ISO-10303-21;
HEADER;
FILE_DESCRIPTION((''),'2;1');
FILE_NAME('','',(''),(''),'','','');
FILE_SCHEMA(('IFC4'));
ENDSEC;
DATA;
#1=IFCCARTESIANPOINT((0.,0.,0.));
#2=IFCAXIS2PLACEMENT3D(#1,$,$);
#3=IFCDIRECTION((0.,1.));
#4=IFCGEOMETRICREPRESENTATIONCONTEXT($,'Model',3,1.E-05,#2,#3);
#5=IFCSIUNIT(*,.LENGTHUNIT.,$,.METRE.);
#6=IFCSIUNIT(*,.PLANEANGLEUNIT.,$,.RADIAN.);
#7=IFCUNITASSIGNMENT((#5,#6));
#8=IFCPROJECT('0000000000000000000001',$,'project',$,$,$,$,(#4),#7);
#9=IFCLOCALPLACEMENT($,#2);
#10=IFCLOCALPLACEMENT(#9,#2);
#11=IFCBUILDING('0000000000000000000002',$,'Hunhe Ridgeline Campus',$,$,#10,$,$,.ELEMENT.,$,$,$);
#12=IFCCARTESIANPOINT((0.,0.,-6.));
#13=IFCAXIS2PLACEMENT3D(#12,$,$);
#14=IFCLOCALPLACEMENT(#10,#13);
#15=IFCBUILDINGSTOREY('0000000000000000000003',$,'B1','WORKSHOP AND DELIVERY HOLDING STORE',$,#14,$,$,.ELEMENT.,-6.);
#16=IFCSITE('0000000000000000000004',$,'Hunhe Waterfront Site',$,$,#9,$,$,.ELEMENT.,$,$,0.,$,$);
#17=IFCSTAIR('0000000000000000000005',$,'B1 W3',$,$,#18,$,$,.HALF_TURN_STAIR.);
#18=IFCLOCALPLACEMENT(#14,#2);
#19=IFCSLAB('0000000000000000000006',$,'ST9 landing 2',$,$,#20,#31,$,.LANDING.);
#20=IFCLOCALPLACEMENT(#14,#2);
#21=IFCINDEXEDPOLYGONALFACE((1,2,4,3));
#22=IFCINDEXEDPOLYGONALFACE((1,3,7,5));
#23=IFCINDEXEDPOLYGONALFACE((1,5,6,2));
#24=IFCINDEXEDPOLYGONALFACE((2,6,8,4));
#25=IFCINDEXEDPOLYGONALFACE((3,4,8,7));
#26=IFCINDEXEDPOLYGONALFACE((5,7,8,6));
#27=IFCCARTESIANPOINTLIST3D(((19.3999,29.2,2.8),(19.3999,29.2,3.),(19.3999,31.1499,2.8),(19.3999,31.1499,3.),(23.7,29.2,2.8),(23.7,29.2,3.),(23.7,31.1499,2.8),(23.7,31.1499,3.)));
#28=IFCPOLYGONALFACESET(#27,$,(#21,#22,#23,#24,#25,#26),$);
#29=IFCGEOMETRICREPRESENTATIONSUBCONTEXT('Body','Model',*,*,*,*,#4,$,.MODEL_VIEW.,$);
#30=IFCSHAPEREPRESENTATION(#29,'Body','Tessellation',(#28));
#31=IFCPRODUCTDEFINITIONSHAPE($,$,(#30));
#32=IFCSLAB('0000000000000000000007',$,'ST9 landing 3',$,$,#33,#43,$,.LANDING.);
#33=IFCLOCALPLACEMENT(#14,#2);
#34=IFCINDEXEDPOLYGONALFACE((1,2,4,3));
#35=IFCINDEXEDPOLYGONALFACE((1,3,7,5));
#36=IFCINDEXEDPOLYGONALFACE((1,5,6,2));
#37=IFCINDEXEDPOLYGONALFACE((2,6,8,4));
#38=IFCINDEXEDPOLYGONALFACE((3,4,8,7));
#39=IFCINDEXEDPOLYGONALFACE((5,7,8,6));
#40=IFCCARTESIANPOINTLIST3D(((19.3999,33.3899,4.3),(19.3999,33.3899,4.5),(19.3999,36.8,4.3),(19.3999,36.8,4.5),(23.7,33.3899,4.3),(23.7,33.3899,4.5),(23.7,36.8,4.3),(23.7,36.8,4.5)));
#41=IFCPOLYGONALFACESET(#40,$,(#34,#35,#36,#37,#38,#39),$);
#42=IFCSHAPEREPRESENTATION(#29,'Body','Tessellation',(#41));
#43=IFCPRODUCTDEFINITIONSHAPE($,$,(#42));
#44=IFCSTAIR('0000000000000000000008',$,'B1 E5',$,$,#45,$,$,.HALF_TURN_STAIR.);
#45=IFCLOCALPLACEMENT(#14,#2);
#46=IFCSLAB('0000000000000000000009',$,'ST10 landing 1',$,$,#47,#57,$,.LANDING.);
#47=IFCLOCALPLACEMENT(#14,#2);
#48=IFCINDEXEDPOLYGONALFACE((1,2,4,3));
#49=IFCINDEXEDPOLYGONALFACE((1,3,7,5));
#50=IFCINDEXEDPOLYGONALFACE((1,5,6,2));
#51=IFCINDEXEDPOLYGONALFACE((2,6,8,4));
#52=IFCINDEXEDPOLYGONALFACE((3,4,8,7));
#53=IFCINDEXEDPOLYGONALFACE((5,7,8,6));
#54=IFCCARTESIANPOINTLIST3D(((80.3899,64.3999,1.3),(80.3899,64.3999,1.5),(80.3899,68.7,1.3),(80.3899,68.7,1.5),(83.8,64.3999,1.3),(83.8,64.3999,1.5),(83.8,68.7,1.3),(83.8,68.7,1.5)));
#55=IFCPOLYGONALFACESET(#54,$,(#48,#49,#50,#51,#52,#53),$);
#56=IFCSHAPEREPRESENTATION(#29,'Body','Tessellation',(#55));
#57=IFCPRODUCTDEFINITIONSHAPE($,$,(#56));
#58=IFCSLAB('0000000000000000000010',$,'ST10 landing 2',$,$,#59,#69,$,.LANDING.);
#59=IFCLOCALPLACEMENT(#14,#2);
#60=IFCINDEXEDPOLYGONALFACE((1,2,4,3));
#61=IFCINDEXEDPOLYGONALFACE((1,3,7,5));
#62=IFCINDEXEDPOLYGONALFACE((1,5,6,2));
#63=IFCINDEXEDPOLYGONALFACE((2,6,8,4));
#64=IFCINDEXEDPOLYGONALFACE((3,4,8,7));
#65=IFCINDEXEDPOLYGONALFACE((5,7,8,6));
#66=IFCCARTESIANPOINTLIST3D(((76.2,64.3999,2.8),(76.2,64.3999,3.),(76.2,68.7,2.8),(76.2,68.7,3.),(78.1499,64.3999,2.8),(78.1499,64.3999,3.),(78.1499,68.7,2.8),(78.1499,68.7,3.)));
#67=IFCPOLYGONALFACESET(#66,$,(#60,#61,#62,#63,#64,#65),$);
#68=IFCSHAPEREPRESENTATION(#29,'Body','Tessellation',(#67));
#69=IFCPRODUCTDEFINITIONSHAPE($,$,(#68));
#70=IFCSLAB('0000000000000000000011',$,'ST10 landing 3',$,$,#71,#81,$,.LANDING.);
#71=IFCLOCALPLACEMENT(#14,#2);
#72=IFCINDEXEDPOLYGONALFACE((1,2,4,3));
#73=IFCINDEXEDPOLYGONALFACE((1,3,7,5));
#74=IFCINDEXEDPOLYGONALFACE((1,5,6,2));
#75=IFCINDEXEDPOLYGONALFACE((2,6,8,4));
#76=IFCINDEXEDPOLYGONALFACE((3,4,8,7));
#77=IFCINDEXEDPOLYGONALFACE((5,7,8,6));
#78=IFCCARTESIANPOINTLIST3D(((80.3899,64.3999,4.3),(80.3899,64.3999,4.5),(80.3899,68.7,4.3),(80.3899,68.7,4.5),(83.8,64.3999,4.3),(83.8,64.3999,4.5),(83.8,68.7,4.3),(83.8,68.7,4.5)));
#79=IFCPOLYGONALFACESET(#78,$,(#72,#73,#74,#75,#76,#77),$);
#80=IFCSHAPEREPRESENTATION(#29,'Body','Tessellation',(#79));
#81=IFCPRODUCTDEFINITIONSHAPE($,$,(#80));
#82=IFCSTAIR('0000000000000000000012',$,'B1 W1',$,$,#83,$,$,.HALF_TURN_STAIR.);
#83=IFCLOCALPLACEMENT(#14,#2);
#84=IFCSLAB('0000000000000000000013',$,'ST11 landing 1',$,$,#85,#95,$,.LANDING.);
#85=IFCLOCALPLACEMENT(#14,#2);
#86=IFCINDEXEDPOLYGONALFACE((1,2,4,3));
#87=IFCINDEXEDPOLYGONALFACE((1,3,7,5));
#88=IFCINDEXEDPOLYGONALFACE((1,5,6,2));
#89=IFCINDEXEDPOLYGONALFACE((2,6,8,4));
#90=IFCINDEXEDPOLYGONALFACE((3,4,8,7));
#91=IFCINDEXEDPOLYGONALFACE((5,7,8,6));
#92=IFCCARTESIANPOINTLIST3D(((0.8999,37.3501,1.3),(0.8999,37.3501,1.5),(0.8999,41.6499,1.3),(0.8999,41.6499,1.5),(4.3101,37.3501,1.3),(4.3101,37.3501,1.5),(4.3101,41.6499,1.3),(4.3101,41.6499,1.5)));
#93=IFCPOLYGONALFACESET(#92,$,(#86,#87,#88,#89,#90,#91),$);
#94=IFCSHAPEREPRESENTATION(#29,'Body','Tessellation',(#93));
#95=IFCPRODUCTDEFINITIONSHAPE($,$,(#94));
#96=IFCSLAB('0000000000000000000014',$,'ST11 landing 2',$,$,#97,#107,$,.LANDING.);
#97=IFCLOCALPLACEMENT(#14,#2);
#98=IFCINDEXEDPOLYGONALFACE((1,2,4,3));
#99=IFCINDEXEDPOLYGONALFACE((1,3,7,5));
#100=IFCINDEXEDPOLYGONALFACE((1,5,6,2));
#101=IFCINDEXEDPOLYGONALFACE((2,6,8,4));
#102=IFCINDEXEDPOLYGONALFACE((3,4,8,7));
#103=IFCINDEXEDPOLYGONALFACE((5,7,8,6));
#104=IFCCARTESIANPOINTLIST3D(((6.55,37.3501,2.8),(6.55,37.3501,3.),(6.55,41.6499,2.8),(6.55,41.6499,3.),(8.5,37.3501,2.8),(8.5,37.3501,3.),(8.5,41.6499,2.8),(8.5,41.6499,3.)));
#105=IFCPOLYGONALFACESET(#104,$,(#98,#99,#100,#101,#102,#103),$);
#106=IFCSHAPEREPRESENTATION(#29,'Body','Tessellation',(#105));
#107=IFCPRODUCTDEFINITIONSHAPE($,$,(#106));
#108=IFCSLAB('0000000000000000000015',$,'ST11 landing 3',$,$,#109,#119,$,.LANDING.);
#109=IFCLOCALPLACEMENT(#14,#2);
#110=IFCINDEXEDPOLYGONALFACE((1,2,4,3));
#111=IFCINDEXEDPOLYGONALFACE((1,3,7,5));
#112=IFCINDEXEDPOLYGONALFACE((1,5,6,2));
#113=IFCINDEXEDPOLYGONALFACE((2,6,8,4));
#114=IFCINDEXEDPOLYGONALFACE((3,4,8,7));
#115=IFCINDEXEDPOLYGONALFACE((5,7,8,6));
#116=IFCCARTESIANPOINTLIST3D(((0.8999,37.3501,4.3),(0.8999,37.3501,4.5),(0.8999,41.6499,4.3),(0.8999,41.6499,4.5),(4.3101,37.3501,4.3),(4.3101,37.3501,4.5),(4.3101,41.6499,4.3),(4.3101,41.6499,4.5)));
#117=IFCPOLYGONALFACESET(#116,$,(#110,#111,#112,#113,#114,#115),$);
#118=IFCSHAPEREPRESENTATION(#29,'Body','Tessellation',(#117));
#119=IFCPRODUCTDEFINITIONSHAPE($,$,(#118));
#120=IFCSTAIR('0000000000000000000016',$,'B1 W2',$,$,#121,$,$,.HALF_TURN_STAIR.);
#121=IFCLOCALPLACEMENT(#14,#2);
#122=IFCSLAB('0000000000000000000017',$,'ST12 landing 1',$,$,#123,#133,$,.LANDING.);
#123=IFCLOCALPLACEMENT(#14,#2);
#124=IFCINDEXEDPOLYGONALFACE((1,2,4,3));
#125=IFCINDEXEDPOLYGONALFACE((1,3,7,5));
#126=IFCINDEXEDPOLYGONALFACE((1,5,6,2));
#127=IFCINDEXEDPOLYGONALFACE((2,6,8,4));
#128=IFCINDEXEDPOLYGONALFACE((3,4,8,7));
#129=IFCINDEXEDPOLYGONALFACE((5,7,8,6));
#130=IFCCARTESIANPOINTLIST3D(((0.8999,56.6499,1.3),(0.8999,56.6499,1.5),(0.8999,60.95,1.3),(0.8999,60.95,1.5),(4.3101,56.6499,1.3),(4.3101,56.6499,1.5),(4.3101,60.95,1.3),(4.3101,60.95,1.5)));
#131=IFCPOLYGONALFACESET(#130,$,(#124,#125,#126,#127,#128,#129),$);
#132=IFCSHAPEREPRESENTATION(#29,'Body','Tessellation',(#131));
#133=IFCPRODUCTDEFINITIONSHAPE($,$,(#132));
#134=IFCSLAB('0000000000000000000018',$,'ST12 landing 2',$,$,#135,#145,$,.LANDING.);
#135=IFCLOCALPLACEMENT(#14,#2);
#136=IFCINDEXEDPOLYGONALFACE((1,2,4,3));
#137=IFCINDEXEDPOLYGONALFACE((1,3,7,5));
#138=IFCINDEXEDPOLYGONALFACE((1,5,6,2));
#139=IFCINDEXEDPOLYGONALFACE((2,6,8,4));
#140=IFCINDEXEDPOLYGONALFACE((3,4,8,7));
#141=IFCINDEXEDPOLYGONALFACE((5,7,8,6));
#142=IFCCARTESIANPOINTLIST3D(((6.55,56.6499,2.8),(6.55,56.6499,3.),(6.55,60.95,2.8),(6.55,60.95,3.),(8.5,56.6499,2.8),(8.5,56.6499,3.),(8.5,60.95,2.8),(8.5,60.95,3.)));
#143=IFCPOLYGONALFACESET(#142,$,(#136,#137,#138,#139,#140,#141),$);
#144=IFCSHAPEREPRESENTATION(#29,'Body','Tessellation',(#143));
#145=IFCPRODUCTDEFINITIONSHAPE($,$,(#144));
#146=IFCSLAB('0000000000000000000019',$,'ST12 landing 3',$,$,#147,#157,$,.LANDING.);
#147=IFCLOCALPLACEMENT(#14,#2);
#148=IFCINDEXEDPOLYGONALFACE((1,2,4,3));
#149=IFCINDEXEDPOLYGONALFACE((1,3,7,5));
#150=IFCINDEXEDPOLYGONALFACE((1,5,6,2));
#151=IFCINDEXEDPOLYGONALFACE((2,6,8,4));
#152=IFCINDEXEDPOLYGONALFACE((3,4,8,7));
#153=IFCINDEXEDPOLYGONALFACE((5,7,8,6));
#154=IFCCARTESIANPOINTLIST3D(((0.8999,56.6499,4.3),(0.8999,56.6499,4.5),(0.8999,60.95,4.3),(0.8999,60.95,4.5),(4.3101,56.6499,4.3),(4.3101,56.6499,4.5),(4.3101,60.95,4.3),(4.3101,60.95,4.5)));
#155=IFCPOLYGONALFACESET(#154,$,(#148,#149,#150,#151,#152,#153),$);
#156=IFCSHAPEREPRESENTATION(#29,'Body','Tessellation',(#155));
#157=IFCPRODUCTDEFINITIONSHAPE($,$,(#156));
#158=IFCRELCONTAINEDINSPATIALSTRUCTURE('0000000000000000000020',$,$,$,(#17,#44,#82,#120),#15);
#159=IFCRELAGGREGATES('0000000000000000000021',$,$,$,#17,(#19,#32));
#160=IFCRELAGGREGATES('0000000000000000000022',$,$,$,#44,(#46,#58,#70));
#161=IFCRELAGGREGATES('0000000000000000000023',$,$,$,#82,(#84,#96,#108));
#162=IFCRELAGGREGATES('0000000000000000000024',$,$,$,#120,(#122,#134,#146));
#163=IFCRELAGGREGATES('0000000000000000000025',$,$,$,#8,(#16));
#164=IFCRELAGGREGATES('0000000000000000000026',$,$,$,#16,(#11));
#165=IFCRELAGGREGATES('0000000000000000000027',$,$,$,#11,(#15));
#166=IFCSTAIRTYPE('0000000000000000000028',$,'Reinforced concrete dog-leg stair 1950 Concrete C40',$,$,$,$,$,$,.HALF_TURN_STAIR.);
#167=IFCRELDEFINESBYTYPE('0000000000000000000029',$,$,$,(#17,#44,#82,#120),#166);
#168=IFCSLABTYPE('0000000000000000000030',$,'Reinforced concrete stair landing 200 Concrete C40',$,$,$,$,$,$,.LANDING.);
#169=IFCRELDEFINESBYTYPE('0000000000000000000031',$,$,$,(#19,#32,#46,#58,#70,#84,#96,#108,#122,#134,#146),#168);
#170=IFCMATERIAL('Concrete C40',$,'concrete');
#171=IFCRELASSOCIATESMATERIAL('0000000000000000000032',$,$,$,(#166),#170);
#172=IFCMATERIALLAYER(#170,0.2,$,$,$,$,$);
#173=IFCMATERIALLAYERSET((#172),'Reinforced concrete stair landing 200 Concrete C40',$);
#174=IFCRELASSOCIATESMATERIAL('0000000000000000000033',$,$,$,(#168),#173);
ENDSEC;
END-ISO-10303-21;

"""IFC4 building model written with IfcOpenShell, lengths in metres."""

from ifc_helpers import new_model, si_unit, direction, frame, origin, place, context, subcontext, project, spatial, polyline, outline, extrude, material, layer, layer_set, type_object, element, aggregate, save


model = new_model("IFC4")

# Units and contexts
model_context = context("Model", 3, precision=1e-05, world=origin(), true_north=direction((0.0, 1.0)))
body_context = subcontext(model_context, "Body", "Model", "MODEL_VIEW")
ifc_project = project(units=[si_unit("LENGTHUNIT", "METRE"), si_unit("PLANEANGLEUNIT", "RADIAN")], contexts=[model_context])

# Site, building, storey
site_placement = place(None, origin())
site = spatial("IfcSite", under=ifc_project, at=site_placement, Name="Hunhe Waterfront Site", CompositionType="ELEMENT", RefElevation=0.0)
building_placement = place(site_placement, origin())
building = spatial("IfcBuilding", under=site, at=building_placement, Name="Hunhe Ridgeline Campus", CompositionType="ELEMENT")
storey_placement = place(building_placement, frame((0.0, 0.0, -6.0)))
storey = spatial("IfcBuildingStorey", under=building, at=storey_placement, Name="B1", Description="WORKSHOP AND DELIVERY HOLDING STORE", CompositionType="ELEMENT", Elevation=-6.0)

# Shared definitions
ifc_material_1 = material(Name="Concrete C40", Category="concrete")

# Stairs, slabs
stair_type_1 = type_object("IfcStairType", Name="Reinforced concrete dog-leg stair 1950 Concrete C40", PredefinedType="HALF_TURN_STAIR", material=ifc_material_1)
ifc_layer_1 = layer(ifc_material_1, 0.2)
ifc_layer_set_1 = layer_set([ifc_layer_1], Name="Reinforced concrete stair landing 200 Concrete C40")
slab_type_1 = type_object("IfcSlabType", Name="Reinforced concrete stair landing 200 Concrete C40", PredefinedType="LANDING", material=ifc_layer_set_1)
stair_1_placement = place(storey_placement, origin())
stair_1 = element("IfcStair", 1, at=stair_1_placement, inside=storey, type_object=stair_type_1, Name="B1 W3", PredefinedType="HALF_TURN_STAIR")
slab_1_placement = place(storey_placement, frame((0.0, 0.0, 2.8)))
slab_1 = element("IfcSlab", 2, at=slab_1_placement, type_object=slab_type_1, Name="ST9 landing 2", PredefinedType="LANDING", context=body_context, shape_type="SweptSolid", body=[
    extrude(outline(polyline([(23.7, 29.2), (23.7, 31.1499), (19.3999, 31.1499), (19.3999, 29.2), (23.7, 29.2)])), origin(), (0.0, 0.0, 1.0), 0.2),
])
slab_2_placement = place(storey_placement, frame((0.0, 0.0, 4.3)))
slab_2 = element("IfcSlab", 3, at=slab_2_placement, type_object=slab_type_1, Name="ST9 landing 3", PredefinedType="LANDING", context=body_context, shape_type="SweptSolid", body=[
    extrude(outline(polyline([(23.7, 33.3899), (23.7, 36.8), (19.3999, 36.8), (19.3999, 33.3899), (23.7, 33.3899)])), origin(), (0.0, 0.0, 1.0), 0.2),
])
aggregate(stair_1, [slab_1, slab_2])
stair_2_placement = place(storey_placement, origin())
stair_2 = element("IfcStair", 4, at=stair_2_placement, inside=storey, type_object=stair_type_1, Name="B1 E5", PredefinedType="HALF_TURN_STAIR")
slab_3_placement = place(storey_placement, frame((0.0, 0.0, 1.3)))
slab_3 = element("IfcSlab", 5, at=slab_3_placement, type_object=slab_type_1, Name="ST10 landing 1", PredefinedType="LANDING", context=body_context, shape_type="SweptSolid", body=[
    extrude(outline(polyline([(80.3899, 64.3999), (83.8, 64.3999), (83.8, 68.7), (80.3899, 68.7), (80.3899, 64.3999)])), origin(), (0.0, 0.0, 1.0), 0.2),
])
slab_4_placement = place(storey_placement, frame((0.0, 0.0, 2.8)))
slab_4 = element("IfcSlab", 6, at=slab_4_placement, type_object=slab_type_1, Name="ST10 landing 2", PredefinedType="LANDING", context=body_context, shape_type="SweptSolid", body=[
    extrude(outline(polyline([(76.2, 64.3999), (78.1499, 64.3999), (78.1499, 68.7), (76.2, 68.7), (76.2, 64.3999)])), origin(), (0.0, 0.0, 1.0), 0.2),
])
slab_5_placement = place(storey_placement, frame((0.0, 0.0, 4.3)))
slab_5 = element("IfcSlab", 7, at=slab_5_placement, type_object=slab_type_1, Name="ST10 landing 3", PredefinedType="LANDING", context=body_context, shape_type="SweptSolid", body=[
    extrude(outline(polyline([(80.3899, 64.3999), (83.8, 64.3999), (83.8, 68.7), (80.3899, 68.7), (80.3899, 64.3999)])), origin(), (0.0, 0.0, 1.0), 0.2),
])
aggregate(stair_2, [slab_3, slab_4, slab_5])
stair_3_placement = place(storey_placement, origin())
stair_3 = element("IfcStair", 8, at=stair_3_placement, inside=storey, type_object=stair_type_1, Name="B1 W1", PredefinedType="HALF_TURN_STAIR")
slab_6_placement = place(storey_placement, frame((0.0, 0.0, 1.3)))
slab_6 = element("IfcSlab", 9, at=slab_6_placement, type_object=slab_type_1, Name="ST11 landing 1", PredefinedType="LANDING", context=body_context, shape_type="SweptSolid", body=[
    extrude(outline(polyline([(4.3101, 41.6499), (0.8999, 41.6499), (0.8999, 37.3501), (4.3101, 37.3501), (4.3101, 41.6499)])), origin(), (0.0, 0.0, 1.0), 0.2),
])
slab_7_placement = place(storey_placement, frame((0.0, 0.0, 2.8)))
slab_7 = element("IfcSlab", 10, at=slab_7_placement, type_object=slab_type_1, Name="ST11 landing 2", PredefinedType="LANDING", context=body_context, shape_type="SweptSolid", body=[
    extrude(outline(polyline([(8.5, 41.6499), (6.55, 41.6499), (6.55, 37.3501), (8.5, 37.3501), (8.5, 41.6499)])), origin(), (0.0, 0.0, 1.0), 0.2),
])
slab_8_placement = place(storey_placement, frame((0.0, 0.0, 4.3)))
slab_8 = element("IfcSlab", 11, at=slab_8_placement, type_object=slab_type_1, Name="ST11 landing 3", PredefinedType="LANDING", context=body_context, shape_type="SweptSolid", body=[
    extrude(outline(polyline([(4.3101, 41.6499), (0.8999, 41.6499), (0.8999, 37.3501), (4.3101, 37.3501), (4.3101, 41.6499)])), origin(), (0.0, 0.0, 1.0), 0.2),
])
aggregate(stair_3, [slab_6, slab_7, slab_8])
stair_4_placement = place(storey_placement, origin())
stair_4 = element("IfcStair", 12, at=stair_4_placement, inside=storey, type_object=stair_type_1, Name="B1 W2", PredefinedType="HALF_TURN_STAIR")
slab_9_placement = place(storey_placement, frame((0.0, 0.0, 1.3)))
slab_9 = element("IfcSlab", 13, at=slab_9_placement, type_object=slab_type_1, Name="ST12 landing 1", PredefinedType="LANDING", context=body_context, shape_type="SweptSolid", body=[
    extrude(outline(polyline([(4.3101, 60.95), (0.8999, 60.95), (0.8999, 56.6499), (4.3101, 56.6499), (4.3101, 60.95)])), origin(), (0.0, 0.0, 1.0), 0.2),
])
slab_10_placement = place(storey_placement, frame((0.0, 0.0, 2.8)))
slab_10 = element("IfcSlab", 14, at=slab_10_placement, type_object=slab_type_1, Name="ST12 landing 2", PredefinedType="LANDING", context=body_context, shape_type="SweptSolid", body=[
    extrude(outline(polyline([(8.5, 60.95), (6.55, 60.95), (6.55, 56.6499), (8.5, 56.6499), (8.5, 60.95)])), origin(), (0.0, 0.0, 1.0), 0.2),
])
slab_11_placement = place(storey_placement, frame((0.0, 0.0, 4.3)))
slab_11 = element("IfcSlab", 15, at=slab_11_placement, type_object=slab_type_1, Name="ST12 landing 3", PredefinedType="LANDING", context=body_context, shape_type="SweptSolid", body=[
    extrude(outline(polyline([(4.3101, 60.95), (0.8999, 60.95), (0.8999, 56.6499), (4.3101, 56.6499), (4.3101, 60.95)])), origin(), (0.0, 0.0, 1.0), 0.2),
])
aggregate(stair_4, [slab_9, slab_10, slab_11])

save(model, "model.ifc")
